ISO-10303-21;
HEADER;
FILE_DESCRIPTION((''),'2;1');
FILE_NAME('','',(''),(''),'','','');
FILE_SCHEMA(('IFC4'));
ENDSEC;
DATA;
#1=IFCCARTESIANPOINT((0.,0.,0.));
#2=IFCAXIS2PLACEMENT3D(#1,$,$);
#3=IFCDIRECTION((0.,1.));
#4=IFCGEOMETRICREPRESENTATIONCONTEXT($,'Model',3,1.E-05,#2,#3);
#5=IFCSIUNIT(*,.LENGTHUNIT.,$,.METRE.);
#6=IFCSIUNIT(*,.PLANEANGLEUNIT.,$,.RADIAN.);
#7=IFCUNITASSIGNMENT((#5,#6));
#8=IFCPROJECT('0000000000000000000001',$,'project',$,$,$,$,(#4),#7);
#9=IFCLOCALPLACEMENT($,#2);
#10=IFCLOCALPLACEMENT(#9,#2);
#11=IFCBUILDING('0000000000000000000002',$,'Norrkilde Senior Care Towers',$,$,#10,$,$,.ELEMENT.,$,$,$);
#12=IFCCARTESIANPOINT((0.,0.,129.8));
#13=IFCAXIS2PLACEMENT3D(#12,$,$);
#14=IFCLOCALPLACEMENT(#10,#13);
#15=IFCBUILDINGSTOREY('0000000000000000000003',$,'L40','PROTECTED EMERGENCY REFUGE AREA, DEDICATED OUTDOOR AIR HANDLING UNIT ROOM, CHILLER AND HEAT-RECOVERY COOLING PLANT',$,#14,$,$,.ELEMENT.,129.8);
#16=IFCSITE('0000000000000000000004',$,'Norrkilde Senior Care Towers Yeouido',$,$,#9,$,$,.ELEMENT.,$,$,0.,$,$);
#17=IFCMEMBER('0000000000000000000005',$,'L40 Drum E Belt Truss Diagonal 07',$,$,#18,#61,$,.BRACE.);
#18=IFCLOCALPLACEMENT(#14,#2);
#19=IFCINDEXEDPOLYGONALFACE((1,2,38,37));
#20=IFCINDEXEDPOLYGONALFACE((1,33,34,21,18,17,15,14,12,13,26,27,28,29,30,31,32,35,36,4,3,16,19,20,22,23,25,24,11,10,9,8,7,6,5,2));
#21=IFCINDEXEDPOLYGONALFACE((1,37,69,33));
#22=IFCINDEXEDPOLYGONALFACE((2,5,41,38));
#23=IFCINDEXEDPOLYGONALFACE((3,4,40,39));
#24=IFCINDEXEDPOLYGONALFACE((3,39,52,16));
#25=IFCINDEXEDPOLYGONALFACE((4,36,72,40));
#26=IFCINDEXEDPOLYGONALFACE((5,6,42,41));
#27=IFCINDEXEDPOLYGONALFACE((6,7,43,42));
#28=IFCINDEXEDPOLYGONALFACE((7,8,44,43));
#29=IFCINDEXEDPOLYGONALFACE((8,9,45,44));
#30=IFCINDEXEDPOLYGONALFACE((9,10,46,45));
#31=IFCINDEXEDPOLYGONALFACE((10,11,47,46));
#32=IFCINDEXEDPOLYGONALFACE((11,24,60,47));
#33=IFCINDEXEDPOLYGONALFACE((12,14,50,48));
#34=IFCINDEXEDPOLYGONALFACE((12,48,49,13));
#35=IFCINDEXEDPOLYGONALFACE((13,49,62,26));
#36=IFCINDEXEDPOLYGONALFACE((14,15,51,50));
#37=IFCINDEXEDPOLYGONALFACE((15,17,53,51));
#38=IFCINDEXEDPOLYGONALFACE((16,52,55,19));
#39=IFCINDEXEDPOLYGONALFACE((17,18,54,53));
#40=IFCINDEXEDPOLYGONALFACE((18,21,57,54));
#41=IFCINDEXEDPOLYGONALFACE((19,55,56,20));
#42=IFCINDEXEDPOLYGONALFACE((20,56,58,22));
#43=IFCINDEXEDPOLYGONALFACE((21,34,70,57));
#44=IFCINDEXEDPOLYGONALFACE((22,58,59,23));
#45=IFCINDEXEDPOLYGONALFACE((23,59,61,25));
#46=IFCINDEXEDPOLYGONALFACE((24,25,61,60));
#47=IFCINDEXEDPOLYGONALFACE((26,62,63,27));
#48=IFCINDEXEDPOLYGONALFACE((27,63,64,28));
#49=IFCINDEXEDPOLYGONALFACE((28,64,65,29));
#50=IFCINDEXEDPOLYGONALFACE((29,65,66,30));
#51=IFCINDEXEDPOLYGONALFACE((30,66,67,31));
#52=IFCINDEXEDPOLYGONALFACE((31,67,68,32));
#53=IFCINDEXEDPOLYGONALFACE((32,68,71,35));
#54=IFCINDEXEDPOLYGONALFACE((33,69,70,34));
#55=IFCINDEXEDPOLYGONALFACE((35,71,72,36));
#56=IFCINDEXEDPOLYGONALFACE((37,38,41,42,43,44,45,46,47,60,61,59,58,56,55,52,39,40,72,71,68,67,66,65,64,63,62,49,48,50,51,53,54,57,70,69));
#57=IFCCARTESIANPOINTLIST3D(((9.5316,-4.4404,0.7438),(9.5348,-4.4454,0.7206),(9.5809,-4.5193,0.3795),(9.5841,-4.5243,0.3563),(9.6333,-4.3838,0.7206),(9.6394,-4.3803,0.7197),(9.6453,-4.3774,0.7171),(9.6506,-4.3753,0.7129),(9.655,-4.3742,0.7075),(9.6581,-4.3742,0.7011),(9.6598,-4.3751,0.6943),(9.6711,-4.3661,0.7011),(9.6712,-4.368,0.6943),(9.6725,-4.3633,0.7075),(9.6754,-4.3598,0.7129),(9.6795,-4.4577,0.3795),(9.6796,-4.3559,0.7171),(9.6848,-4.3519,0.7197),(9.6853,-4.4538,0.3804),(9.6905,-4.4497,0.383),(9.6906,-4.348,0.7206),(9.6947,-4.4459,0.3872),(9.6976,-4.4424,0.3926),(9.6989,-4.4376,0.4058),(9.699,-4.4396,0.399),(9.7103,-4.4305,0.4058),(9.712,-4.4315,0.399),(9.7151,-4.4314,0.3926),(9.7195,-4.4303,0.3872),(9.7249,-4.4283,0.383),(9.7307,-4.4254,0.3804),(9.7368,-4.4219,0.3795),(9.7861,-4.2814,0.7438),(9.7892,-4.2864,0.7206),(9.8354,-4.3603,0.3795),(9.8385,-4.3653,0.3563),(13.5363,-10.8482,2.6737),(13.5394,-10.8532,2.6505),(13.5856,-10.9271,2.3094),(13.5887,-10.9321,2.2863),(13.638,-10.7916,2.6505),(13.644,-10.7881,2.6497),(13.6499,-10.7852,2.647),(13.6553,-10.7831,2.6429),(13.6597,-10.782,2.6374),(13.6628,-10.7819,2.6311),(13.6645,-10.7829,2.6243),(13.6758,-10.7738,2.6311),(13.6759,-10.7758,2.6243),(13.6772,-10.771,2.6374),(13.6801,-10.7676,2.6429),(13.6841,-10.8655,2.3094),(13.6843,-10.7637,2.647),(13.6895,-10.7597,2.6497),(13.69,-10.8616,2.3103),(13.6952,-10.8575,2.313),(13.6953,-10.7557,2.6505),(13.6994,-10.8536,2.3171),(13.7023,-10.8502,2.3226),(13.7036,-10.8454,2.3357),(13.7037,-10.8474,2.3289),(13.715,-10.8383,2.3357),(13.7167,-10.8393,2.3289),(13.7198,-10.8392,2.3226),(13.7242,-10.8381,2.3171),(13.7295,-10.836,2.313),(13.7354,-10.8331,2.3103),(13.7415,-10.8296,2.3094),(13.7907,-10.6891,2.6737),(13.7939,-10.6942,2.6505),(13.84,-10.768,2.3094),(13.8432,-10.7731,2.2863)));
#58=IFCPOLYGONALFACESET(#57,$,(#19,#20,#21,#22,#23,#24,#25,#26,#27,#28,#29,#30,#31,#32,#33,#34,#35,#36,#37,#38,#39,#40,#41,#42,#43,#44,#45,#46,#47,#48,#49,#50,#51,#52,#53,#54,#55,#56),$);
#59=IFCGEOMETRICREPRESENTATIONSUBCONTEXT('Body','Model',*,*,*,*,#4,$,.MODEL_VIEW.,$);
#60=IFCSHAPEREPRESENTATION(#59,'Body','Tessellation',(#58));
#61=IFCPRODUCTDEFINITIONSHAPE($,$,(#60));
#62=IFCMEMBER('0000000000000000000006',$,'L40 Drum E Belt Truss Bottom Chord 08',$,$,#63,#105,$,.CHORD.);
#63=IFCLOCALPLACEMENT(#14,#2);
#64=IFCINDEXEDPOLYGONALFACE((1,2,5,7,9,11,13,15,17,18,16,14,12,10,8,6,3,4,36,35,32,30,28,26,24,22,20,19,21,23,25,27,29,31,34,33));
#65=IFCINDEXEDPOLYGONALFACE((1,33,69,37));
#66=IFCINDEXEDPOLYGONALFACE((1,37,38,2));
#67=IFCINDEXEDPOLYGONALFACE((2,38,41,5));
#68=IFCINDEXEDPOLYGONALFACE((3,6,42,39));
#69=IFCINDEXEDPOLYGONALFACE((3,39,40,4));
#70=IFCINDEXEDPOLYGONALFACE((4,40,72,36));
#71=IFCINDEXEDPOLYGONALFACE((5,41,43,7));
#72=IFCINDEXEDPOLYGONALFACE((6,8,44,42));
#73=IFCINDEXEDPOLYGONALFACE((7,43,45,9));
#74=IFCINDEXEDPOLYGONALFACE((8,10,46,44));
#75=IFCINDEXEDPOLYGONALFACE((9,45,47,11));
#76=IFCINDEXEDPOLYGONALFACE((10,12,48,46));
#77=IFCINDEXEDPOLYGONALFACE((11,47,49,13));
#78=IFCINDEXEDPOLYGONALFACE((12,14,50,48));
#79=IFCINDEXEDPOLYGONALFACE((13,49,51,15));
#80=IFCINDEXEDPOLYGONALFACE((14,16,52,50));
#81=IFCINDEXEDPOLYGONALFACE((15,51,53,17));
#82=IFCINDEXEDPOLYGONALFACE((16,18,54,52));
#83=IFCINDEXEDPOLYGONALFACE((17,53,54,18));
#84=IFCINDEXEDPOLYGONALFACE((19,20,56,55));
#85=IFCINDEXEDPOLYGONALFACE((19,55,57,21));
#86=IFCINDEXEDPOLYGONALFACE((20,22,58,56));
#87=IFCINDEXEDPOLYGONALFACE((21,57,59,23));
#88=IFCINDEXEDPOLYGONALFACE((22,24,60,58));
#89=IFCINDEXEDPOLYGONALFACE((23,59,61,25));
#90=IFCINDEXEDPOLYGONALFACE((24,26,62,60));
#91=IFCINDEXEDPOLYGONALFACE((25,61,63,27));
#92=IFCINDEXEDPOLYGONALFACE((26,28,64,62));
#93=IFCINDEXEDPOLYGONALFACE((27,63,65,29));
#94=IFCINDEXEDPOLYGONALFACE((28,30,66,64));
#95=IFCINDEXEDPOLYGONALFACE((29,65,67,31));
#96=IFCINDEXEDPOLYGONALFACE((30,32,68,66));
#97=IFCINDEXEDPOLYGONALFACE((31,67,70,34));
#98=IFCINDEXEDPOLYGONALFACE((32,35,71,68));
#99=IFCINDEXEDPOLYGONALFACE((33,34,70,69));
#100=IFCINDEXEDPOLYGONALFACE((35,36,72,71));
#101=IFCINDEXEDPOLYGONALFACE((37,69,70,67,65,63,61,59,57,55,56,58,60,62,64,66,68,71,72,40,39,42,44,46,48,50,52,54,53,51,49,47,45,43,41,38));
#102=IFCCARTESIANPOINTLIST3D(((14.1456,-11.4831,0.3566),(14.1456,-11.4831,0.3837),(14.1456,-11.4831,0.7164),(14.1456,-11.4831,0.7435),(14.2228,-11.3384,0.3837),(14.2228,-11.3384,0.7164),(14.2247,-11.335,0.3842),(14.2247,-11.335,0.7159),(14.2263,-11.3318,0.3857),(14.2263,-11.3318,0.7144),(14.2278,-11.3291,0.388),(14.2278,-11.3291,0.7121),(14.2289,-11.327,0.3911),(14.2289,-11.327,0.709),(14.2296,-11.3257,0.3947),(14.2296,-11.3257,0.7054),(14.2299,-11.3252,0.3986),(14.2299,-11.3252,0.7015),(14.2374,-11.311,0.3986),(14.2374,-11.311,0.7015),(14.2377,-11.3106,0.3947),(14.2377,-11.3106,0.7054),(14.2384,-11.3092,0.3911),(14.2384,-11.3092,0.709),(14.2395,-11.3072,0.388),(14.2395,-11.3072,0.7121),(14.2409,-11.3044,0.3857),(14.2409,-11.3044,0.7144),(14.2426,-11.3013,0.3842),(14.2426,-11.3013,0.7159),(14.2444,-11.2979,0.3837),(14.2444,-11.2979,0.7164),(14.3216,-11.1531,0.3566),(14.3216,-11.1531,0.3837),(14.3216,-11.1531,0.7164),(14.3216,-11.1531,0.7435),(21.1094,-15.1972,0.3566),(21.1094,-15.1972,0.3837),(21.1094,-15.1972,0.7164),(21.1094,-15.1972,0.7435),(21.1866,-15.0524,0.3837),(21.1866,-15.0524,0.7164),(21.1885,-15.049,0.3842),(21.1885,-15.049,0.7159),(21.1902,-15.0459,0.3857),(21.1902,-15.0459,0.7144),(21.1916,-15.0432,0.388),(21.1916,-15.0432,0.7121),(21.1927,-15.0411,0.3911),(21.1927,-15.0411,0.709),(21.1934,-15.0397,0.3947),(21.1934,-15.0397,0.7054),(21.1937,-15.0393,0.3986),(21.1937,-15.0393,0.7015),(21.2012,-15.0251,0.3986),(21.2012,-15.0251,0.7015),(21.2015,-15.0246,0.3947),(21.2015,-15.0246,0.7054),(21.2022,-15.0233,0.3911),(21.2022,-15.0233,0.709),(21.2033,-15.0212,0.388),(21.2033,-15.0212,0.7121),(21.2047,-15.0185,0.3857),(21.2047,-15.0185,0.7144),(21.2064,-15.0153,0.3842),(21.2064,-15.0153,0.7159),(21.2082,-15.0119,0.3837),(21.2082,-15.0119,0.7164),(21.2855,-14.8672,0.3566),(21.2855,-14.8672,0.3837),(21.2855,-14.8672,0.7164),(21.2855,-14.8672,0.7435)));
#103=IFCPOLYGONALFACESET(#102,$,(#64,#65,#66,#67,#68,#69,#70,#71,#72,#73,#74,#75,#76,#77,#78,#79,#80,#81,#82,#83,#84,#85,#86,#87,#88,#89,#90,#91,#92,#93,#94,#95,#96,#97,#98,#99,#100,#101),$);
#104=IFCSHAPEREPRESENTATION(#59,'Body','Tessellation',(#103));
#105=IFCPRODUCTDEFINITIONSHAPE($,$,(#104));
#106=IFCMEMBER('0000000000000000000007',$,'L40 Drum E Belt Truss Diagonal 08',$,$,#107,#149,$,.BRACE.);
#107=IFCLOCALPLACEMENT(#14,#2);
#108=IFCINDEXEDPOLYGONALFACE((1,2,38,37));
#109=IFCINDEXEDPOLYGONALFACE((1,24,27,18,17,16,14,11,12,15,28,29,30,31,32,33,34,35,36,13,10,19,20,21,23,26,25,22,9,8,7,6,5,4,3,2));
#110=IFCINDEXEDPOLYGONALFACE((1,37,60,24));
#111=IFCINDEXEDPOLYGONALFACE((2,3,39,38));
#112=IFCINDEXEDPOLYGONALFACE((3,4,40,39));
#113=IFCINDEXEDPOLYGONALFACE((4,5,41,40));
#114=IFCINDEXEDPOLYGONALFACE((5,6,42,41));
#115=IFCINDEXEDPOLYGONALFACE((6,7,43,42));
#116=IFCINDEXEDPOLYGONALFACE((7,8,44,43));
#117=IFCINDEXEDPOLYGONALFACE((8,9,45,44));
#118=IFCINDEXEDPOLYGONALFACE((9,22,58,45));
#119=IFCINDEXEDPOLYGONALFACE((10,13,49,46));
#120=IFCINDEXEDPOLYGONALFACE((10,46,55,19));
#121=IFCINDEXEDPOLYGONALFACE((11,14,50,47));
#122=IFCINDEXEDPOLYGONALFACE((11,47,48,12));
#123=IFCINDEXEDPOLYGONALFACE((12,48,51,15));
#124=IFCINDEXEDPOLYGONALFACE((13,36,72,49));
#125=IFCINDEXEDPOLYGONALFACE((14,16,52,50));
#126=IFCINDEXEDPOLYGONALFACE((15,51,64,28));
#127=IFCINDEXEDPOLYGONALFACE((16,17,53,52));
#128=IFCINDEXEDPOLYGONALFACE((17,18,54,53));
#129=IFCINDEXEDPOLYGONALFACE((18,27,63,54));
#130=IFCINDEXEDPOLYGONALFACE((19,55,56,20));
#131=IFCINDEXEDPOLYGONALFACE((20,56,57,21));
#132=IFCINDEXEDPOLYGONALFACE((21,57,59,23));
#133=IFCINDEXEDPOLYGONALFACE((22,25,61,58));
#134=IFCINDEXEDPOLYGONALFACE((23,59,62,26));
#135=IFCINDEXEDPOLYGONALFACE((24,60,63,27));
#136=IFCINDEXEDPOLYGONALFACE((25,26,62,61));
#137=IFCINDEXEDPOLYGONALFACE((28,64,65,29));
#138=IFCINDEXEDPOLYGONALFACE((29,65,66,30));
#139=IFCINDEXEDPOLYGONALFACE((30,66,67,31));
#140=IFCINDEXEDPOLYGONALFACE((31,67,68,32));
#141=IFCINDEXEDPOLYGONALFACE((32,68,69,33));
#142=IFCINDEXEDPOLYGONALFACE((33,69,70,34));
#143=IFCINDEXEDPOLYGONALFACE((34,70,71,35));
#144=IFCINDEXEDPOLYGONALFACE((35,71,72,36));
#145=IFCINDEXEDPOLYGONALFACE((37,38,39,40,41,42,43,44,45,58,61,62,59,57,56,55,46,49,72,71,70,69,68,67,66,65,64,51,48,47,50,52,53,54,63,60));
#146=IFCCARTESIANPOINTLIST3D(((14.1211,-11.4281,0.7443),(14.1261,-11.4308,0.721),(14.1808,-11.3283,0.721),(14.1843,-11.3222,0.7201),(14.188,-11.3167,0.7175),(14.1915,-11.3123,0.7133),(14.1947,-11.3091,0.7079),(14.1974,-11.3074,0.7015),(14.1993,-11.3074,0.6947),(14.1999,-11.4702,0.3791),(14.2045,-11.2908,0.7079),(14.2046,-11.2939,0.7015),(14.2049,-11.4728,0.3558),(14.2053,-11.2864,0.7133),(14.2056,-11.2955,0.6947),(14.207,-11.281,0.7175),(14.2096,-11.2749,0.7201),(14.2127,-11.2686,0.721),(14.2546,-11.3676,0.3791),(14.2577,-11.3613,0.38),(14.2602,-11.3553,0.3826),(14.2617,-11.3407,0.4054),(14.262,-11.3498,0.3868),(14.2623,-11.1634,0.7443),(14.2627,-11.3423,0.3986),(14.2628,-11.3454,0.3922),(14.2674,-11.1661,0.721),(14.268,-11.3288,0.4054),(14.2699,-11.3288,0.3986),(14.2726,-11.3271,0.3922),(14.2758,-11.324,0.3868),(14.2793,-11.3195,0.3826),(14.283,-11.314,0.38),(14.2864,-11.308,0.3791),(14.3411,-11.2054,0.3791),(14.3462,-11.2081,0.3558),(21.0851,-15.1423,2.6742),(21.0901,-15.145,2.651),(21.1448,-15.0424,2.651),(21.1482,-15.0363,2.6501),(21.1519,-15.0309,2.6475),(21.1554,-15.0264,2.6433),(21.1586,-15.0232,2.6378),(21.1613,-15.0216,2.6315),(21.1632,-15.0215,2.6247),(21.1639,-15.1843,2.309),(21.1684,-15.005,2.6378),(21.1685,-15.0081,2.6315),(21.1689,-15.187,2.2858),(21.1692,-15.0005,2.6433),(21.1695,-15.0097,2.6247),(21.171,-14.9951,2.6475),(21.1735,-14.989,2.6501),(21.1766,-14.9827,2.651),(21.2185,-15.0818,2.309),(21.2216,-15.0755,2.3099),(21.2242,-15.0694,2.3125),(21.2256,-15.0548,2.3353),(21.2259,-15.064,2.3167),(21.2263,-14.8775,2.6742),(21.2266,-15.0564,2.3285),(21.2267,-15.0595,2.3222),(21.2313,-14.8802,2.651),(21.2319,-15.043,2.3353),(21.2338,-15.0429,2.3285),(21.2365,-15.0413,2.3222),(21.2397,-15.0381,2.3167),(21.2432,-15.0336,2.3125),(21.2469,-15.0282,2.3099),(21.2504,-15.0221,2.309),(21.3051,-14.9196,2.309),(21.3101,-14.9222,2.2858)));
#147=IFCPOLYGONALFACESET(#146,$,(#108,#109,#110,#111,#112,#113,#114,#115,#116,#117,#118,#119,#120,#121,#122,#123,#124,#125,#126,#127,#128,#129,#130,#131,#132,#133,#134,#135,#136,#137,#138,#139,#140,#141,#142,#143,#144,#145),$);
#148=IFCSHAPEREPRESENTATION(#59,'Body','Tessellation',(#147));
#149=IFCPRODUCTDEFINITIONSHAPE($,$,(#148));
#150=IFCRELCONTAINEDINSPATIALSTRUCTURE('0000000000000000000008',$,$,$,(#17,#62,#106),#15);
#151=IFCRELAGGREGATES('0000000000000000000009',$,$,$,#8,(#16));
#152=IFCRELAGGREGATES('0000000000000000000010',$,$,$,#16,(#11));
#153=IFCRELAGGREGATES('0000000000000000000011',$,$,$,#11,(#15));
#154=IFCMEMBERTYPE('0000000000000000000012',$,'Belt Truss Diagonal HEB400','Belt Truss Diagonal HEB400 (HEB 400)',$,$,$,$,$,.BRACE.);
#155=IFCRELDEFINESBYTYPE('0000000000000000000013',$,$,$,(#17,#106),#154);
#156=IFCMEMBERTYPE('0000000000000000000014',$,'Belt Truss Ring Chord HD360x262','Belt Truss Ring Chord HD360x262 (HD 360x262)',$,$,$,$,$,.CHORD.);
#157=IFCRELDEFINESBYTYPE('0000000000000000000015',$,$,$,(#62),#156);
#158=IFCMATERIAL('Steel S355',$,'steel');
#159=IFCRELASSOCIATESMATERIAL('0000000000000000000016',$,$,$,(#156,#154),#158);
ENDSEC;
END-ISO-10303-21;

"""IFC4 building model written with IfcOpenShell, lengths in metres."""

from ifc_helpers import new_model, si_unit, direction, frame, origin, origin_2d, place, context, subcontext, project, spatial, i_section, extrude, source, transform, mapped, material, material_profile, profile_set, type_object, type_shapes, element, save


model = new_model("IFC4")

# Units and contexts
model_context = context("Model", 3, precision=1e-05, world=origin(), true_north=direction((0.0, 1.0)))
body_context = subcontext(model_context, "Body", "Model", "MODEL_VIEW")
ifc_project = project(units=[si_unit("LENGTHUNIT", "METRE"), si_unit("PLANEANGLEUNIT", "RADIAN")], contexts=[model_context])

# Site, building, storey
site_placement = place(None, origin())
site = spatial("IfcSite", under=ifc_project, at=site_placement, Name="Norrkilde Senior Care Towers Yeouido", CompositionType="ELEMENT", RefElevation=0.0)
building_placement = place(site_placement, origin())
building = spatial("IfcBuilding", under=site, at=building_placement, Name="Norrkilde Senior Care Towers", CompositionType="ELEMENT")
storey_placement = place(building_placement, frame((0.0, 0.0, 129.8)))
storey = spatial("IfcBuildingStorey", under=building, at=storey_placement, Name="L40", Description="PROTECTED EMERGENCY REFUGE AREA, DEDICATED OUTDOOR AIR HANDLING UNIT ROOM, CHILLER AND HEAT-RECOVERY COOLING PLANT", CompositionType="ELEMENT", Elevation=129.8)

# Members
ifc_material_1 = material(Name="Steel S355", Category="steel")
ifc_material_profile_1 = material_profile(ifc_material_1, i_section(OverallWidth=0.374, OverallDepth=0.387, WebThickness=0.0161, FlangeThickness=0.0271, FilletRadius=0.0149, at=origin_2d()), Name="HD 360x262")
ifc_profile_set_1 = profile_set([ifc_material_profile_1], Name="Steel S355")
member_type_1 = type_object("IfcMemberType", Name="Belt Truss Ring Chord HD360x262", Description="Belt Truss Ring Chord HD360x262 (HD 360x262)", PredefinedType="CHORD", material=ifc_profile_set_1)
ifc_material_profile_2 = material_profile(ifc_material_1, i_section(OverallWidth=0.3, OverallDepth=0.3999, WebThickness=0.0134, FlangeThickness=0.0239, FilletRadius=0.0271, at=origin_2d()), Name="HEB 400")
ifc_profile_set_2 = profile_set([ifc_material_profile_2], Name="Steel S355")
member_type_2 = type_object("IfcMemberType", Name="Belt Truss Diagonal HEB400", Description="Belt Truss Diagonal HEB400 (HEB 400)", PredefinedType="BRACE", material=ifc_profile_set_2)
shared_shape_1 = source(origin(), body_context, "Body", "SweptSolid", [
    extrude(i_section(OverallWidth=0.3, OverallDepth=0.3999, WebThickness=0.0134, FlangeThickness=0.0239, FilletRadius=0.0271, at=origin_2d()), origin(), (0.0, 0.0, 1.0), 7.7988),
])
member_1_placement = place(storey_placement, frame((9.6851, -4.4028, 0.55), z_axis=(0.513497, -0.821633, 0.247467), x_axis=(0.848009, 0.529982, 0.0)))
element("IfcMember", 1, at=member_1_placement, inside=storey, type_object=member_type_2, Name="L40 Drum E Belt Truss Diagonal 07", PredefinedType="BRACE", context=body_context, shape_type="MappedRepresentation", body=[
    mapped(shared_shape_1, transform((0.0, 0.0, 0.0), x_axis=(1.0, 0.0, 0.0), y_axis=(0.0, 1.0, 0.0), z_axis=(0.0, 0.0, 1.0), scale=1.0)),
])
shared_shape_2 = source(origin(), body_context, "Body", "SweptSolid", [
    extrude(i_section(OverallWidth=0.374, OverallDepth=0.387, WebThickness=0.0161, FlangeThickness=0.0271, FilletRadius=0.0149, at=origin_2d()), origin(), (0.0, 0.0, 1.0), 7.8923),
])
member_2_placement = place(storey_placement, frame((14.2336, -11.3181, 0.55), z_axis=(0.88235, -0.470593, 0.0), x_axis=(0.470593, 0.88235, 0.0)))
element("IfcMember", 2, at=member_2_placement, inside=storey, type_object=member_type_1, Name="L40 Drum E Belt Truss Bottom Chord 08", PredefinedType="CHORD", context=body_context, shape_type="MappedRepresentation", body=[
    mapped(shared_shape_2, transform((0.0, 0.0, 0.0), x_axis=(1.0, 0.0, 0.0), y_axis=(0.0, 1.0, 0.0), z_axis=(0.0, 0.0, 1.0), scale=1.0)),
])
shared_shape_3 = source(origin(), body_context, "Body", "SweptSolid", [
    extrude(i_section(OverallWidth=0.3, OverallDepth=0.3999, WebThickness=0.0134, FlangeThickness=0.0239, FilletRadius=0.0271, at=origin_2d()), origin(), (0.0, 0.0, 1.0), 8.125),
])
type_shapes(member_type_2, [shared_shape_1, shared_shape_3])
member_3_placement = place(storey_placement, frame((14.2336, -11.3181, 0.55), z_axis=(0.857097, -0.457125, 0.237532), x_axis=(0.470593, 0.88235, 0.0)))
element("IfcMember", 3, at=member_3_placement, inside=storey, type_object=member_type_2, Name="L40 Drum E Belt Truss Diagonal 08", PredefinedType="BRACE", context=body_context, shape_type="MappedRepresentation", body=[
    mapped(shared_shape_3, transform((0.0, 0.0, 0.0), x_axis=(1.0, 0.0, 0.0), y_axis=(0.0, 1.0, 0.0), z_axis=(0.0, 0.0, 1.0), scale=1.0)),
])

save(model, "model.ifc")
